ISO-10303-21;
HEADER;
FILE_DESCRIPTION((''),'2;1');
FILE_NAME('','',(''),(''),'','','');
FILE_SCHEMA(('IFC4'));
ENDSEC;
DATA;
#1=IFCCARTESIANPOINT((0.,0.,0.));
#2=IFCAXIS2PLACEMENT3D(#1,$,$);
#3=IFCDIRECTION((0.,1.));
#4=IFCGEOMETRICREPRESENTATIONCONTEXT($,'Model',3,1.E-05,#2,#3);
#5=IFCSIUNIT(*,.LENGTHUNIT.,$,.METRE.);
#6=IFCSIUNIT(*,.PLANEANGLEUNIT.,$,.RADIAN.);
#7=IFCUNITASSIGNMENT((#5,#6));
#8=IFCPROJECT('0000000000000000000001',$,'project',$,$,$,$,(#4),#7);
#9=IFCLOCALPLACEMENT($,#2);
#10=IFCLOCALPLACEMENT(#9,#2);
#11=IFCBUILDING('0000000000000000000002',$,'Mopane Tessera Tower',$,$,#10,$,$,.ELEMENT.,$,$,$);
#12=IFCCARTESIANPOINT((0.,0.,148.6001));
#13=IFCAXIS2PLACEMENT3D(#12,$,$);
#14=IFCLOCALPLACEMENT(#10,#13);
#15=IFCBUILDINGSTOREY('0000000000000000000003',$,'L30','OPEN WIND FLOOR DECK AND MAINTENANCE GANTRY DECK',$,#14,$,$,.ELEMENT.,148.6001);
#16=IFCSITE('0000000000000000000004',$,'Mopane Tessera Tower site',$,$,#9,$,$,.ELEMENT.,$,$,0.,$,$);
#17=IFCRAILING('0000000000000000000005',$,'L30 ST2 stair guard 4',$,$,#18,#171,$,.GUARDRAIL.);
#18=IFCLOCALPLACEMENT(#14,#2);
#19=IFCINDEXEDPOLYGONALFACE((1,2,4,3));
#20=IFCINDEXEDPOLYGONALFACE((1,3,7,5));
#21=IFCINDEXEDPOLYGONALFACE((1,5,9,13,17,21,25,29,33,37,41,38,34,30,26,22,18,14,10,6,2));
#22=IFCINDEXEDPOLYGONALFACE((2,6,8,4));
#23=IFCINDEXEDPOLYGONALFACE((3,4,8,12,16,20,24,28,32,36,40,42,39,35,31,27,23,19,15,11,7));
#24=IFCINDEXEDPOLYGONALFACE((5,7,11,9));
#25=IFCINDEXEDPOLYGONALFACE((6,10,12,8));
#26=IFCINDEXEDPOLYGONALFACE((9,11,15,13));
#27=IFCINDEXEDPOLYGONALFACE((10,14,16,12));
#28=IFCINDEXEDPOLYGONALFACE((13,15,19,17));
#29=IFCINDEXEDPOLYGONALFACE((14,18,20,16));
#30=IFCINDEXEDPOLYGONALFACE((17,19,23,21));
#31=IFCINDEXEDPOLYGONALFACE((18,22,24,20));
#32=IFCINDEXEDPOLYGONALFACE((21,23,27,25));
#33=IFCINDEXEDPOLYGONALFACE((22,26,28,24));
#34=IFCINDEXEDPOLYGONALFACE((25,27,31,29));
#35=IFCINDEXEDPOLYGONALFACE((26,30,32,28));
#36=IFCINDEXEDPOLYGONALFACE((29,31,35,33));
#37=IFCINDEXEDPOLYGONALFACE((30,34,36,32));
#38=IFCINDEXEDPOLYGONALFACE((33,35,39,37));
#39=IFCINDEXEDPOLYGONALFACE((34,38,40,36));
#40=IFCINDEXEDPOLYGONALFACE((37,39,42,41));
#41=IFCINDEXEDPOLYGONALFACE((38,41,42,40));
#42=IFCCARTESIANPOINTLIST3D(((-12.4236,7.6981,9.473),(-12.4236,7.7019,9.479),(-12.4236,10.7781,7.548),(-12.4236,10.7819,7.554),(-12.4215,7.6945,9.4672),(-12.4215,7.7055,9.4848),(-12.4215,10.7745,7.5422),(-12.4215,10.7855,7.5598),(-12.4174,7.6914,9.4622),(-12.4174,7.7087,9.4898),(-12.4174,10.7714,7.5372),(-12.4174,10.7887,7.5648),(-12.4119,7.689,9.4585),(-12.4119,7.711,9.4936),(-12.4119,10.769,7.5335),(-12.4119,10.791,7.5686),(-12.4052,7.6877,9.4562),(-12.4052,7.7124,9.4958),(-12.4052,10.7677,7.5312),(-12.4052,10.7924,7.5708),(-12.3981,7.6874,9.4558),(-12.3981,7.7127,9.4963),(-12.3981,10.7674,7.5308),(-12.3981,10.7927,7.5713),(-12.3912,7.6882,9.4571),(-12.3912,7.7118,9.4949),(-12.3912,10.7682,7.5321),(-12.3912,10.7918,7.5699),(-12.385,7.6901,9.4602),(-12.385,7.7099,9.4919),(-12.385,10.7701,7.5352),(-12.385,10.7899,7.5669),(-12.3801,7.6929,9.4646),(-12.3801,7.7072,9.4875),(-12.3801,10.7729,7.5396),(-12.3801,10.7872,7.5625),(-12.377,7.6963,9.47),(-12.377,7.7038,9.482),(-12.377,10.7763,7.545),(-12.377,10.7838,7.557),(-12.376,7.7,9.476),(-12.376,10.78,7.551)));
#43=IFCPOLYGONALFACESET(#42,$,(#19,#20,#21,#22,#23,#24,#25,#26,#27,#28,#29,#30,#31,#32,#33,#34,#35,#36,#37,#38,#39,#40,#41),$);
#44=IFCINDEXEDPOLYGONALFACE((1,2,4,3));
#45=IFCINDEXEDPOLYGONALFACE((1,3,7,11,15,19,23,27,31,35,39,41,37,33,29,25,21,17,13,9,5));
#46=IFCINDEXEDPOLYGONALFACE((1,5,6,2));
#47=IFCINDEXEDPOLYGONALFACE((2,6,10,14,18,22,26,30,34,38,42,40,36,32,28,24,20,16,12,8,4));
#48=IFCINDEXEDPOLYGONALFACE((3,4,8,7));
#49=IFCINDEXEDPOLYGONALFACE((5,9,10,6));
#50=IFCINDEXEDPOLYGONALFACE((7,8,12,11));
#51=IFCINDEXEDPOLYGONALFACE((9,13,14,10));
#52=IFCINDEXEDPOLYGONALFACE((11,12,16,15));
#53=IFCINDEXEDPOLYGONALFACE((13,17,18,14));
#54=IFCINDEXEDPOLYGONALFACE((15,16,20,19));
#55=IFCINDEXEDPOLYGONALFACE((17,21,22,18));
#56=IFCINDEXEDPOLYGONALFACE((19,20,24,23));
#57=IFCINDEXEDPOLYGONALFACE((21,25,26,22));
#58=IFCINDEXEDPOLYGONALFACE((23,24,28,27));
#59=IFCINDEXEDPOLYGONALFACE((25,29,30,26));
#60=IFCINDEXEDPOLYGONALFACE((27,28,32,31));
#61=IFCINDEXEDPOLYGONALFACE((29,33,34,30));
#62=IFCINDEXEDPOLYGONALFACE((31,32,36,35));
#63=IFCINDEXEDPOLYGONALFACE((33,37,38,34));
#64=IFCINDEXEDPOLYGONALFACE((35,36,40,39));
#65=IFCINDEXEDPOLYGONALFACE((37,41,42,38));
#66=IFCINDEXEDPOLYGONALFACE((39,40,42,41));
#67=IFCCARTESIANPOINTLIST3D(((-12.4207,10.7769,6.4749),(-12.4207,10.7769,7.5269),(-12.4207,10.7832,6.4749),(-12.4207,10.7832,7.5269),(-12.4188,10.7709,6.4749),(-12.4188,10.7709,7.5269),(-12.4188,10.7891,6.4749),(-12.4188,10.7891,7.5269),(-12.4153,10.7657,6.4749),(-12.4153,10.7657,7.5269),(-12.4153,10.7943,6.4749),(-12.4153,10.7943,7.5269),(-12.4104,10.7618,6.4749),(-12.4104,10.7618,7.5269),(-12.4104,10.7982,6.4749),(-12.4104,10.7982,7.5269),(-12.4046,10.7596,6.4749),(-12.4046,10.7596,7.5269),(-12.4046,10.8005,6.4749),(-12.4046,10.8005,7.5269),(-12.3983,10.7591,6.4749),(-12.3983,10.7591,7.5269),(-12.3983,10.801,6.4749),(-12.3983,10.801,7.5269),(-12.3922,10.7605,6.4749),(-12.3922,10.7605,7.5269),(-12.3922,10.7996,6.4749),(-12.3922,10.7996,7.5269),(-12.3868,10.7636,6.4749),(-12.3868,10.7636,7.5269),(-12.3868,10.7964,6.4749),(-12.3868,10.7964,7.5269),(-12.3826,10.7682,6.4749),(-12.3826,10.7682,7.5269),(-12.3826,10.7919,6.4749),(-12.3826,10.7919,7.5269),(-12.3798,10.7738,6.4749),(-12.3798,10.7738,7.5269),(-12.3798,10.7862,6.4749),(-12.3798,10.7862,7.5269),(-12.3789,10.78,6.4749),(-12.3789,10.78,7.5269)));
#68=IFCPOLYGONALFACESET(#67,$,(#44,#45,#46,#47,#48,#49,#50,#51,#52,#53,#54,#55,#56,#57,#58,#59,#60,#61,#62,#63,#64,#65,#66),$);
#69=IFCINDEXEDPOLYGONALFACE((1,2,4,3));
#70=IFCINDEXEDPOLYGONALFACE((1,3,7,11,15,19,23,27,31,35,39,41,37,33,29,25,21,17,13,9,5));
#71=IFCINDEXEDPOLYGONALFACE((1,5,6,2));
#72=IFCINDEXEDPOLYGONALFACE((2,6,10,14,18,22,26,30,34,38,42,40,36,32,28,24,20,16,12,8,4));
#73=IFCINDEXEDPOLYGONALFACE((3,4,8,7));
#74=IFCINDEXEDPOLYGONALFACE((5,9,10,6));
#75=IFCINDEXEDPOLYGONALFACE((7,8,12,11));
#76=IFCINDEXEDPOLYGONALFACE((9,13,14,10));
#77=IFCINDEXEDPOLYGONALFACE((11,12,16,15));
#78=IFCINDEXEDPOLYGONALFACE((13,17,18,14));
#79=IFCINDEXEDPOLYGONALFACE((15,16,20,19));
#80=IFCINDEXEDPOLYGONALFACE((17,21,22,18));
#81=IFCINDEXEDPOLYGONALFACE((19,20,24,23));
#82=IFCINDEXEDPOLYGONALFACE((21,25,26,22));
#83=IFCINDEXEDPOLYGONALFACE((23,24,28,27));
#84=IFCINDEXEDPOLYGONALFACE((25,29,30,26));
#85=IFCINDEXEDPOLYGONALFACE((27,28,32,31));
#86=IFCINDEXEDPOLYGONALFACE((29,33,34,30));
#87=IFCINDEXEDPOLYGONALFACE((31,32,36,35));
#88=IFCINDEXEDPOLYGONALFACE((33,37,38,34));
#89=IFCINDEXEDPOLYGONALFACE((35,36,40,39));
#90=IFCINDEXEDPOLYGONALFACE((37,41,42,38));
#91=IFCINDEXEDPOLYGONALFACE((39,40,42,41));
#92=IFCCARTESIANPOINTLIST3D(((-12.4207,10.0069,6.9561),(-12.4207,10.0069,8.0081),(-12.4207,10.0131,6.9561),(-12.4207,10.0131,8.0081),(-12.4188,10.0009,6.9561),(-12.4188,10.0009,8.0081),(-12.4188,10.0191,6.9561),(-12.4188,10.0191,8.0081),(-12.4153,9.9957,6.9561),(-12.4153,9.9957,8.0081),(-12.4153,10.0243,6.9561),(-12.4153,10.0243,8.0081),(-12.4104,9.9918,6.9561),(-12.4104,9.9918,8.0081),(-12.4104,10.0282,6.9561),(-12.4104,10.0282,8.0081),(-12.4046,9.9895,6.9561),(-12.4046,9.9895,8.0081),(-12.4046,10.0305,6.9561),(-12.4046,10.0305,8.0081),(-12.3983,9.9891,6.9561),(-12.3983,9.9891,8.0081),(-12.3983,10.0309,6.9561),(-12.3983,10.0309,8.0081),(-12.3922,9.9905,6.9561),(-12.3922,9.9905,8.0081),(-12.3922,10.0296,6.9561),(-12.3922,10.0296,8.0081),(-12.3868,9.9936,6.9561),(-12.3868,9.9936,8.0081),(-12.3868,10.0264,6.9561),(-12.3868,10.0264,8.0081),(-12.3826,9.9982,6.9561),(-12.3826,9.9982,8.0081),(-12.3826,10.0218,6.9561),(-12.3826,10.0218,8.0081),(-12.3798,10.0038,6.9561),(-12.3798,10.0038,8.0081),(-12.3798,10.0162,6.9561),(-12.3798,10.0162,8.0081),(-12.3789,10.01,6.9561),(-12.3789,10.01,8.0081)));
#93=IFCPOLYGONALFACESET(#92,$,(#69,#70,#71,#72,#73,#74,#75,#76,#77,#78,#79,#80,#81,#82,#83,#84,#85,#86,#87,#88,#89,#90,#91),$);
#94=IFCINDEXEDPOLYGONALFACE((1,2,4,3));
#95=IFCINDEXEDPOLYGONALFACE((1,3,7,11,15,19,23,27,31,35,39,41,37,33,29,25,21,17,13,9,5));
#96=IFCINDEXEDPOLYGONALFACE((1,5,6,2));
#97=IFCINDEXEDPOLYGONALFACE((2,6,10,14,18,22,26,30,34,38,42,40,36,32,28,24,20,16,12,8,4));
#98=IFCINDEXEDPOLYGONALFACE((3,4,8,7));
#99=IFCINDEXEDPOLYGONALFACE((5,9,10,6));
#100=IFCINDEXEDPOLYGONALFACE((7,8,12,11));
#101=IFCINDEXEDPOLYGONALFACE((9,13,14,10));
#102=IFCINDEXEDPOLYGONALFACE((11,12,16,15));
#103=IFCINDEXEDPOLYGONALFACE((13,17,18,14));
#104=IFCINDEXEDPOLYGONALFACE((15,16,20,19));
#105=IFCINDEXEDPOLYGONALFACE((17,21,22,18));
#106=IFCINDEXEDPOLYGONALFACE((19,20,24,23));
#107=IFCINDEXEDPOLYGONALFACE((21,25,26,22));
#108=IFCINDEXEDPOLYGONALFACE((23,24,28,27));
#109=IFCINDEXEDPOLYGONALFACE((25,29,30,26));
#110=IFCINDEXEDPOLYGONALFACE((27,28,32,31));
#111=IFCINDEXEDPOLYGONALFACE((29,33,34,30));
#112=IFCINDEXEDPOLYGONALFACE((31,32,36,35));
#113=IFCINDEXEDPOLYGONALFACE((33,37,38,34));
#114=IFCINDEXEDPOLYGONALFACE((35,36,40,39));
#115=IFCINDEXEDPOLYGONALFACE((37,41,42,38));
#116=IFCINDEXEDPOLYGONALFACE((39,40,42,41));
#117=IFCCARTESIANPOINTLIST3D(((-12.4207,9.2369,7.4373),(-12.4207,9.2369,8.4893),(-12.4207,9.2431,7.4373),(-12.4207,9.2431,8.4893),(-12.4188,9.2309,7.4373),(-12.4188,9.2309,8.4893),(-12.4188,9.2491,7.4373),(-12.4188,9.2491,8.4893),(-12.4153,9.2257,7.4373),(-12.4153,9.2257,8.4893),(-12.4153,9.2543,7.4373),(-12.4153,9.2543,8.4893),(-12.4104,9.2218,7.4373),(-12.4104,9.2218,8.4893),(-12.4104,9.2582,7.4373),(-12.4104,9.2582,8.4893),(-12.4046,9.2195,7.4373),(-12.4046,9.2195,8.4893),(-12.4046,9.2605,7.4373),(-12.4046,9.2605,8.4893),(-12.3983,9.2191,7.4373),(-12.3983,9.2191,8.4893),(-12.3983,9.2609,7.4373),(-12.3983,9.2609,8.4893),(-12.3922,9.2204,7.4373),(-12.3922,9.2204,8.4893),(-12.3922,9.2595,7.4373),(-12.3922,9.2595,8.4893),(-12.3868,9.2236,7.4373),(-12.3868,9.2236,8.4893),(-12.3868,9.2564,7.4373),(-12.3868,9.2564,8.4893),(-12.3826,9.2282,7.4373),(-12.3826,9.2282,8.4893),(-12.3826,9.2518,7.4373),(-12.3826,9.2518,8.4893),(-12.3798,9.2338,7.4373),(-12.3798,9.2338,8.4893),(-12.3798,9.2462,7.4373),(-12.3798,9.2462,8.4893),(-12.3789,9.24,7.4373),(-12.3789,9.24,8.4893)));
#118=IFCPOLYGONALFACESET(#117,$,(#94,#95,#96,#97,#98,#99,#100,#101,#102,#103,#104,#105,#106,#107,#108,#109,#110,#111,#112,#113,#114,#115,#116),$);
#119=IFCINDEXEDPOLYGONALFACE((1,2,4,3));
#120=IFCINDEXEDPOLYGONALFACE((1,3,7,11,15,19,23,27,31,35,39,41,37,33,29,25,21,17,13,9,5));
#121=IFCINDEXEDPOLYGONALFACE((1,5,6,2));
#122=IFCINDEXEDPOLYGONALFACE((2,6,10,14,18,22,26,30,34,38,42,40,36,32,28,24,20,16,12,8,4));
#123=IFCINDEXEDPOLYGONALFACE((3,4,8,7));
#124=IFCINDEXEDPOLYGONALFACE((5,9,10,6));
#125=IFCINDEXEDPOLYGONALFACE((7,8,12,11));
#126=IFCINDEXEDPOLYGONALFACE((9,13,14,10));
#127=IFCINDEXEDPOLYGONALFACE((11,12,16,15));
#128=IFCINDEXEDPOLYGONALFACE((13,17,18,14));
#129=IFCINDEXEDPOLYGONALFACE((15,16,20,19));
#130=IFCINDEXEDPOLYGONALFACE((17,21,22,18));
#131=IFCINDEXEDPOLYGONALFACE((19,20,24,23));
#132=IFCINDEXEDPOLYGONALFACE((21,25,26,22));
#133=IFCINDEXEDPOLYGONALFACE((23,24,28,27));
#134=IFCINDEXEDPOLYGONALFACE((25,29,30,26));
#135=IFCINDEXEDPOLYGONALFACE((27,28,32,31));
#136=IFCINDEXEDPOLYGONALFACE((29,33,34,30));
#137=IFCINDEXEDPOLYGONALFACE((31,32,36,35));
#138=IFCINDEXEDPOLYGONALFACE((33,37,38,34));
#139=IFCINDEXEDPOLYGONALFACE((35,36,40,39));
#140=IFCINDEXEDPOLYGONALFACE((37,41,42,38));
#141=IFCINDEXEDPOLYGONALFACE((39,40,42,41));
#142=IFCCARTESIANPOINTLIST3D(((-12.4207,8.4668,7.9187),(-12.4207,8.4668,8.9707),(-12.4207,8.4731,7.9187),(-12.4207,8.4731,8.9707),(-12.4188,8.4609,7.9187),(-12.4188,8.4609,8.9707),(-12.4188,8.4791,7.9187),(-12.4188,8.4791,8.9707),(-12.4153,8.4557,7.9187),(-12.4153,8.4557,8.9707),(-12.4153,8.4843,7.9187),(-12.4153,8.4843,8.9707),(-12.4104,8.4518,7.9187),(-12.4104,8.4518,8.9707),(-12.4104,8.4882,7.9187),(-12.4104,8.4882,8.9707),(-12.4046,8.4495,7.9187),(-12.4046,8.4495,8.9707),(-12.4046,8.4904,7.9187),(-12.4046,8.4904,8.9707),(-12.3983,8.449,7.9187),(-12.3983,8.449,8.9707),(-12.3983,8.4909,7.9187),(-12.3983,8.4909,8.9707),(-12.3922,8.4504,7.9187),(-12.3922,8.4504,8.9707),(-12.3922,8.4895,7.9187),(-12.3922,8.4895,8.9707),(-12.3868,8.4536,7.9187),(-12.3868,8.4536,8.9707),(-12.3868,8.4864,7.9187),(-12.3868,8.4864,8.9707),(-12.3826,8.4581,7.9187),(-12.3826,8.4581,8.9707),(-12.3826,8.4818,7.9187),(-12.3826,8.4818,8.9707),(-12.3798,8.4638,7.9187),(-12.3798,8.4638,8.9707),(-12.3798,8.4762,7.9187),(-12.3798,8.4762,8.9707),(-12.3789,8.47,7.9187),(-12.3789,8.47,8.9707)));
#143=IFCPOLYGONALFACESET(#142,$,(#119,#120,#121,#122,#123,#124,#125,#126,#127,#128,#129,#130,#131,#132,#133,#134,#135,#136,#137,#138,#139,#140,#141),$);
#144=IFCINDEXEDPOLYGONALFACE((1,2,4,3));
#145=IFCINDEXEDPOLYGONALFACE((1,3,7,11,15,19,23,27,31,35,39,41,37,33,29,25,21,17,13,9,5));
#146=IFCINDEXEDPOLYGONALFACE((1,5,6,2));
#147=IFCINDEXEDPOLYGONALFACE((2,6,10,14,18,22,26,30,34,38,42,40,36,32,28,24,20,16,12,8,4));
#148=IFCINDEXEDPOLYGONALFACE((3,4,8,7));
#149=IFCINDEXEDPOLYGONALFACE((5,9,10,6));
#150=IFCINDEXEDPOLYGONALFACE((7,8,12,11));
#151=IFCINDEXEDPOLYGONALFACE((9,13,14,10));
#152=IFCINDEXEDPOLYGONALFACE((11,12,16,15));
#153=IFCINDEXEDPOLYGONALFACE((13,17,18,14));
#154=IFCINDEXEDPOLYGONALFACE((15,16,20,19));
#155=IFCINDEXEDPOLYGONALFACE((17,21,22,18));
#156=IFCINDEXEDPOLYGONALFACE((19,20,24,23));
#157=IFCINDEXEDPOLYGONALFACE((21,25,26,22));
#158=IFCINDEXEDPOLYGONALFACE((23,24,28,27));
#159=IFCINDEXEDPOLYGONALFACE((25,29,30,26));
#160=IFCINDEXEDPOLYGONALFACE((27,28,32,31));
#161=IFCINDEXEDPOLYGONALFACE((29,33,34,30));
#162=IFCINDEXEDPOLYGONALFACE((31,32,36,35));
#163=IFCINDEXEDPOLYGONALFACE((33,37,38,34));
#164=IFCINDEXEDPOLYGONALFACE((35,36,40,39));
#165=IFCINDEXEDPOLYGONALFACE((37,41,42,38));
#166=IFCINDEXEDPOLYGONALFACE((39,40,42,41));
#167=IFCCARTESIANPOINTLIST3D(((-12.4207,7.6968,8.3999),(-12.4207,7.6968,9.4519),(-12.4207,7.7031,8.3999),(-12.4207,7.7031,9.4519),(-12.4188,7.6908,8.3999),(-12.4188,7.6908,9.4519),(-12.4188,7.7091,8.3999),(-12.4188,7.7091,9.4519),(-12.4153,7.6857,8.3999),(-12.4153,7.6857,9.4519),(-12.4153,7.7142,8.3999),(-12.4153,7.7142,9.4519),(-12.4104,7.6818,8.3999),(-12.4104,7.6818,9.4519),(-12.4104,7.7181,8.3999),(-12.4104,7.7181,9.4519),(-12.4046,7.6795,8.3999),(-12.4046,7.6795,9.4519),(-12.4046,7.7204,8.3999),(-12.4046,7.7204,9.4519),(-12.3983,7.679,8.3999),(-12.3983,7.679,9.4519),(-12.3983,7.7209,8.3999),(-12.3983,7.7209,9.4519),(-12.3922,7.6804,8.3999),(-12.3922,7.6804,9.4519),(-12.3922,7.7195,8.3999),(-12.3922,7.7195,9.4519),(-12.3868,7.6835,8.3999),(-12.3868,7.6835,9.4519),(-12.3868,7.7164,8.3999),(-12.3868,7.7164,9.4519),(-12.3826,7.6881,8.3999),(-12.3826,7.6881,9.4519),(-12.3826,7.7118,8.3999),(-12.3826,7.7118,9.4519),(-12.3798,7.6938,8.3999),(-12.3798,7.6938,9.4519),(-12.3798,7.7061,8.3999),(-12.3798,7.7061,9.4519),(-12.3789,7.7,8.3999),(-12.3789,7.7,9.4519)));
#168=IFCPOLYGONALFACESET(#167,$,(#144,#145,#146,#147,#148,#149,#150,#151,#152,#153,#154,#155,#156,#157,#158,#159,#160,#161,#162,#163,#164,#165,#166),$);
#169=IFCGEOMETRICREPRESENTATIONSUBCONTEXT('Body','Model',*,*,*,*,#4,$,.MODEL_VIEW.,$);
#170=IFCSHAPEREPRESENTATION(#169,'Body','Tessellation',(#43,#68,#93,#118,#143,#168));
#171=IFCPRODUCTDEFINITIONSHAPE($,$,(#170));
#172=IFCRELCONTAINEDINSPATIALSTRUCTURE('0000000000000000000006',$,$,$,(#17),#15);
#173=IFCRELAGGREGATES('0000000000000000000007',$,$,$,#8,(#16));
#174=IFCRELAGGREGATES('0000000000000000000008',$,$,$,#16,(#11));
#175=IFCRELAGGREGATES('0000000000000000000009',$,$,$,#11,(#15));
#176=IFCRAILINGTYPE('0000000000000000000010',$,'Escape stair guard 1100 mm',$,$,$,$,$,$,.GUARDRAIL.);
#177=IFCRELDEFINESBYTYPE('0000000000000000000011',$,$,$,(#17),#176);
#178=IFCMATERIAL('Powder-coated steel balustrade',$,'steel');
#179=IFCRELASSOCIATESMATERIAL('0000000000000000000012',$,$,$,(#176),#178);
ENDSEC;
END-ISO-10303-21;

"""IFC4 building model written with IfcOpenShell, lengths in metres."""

from ifc_helpers import new_model, si_unit, direction, frame, origin, origin_2d, place, context, subcontext, project, spatial, circle, extrude, material, type_object, element, save


model = new_model("IFC4")

# Units and contexts
model_context = context("Model", 3, precision=1e-05, world=origin(), true_north=direction((0.0, 1.0)))
body_context = subcontext(model_context, "Body", "Model", "MODEL_VIEW")
ifc_project = project(units=[si_unit("LENGTHUNIT", "METRE"), si_unit("PLANEANGLEUNIT", "RADIAN")], contexts=[model_context])

# Site, building, storey
site_placement = place(None, origin())
site = spatial("IfcSite", under=ifc_project, at=site_placement, Name="Mopane Tessera Tower site", CompositionType="ELEMENT", RefElevation=0.0)
building_placement = place(site_placement, origin())
building = spatial("IfcBuilding", under=site, at=building_placement, Name="Mopane Tessera Tower", CompositionType="ELEMENT")
storey_placement = place(building_placement, frame((0.0, 0.0, 148.6001)))
storey = spatial("IfcBuildingStorey", under=building, at=storey_placement, Name="L30", Description="OPEN WIND FLOOR DECK AND MAINTENANCE GANTRY DECK", CompositionType="ELEMENT", Elevation=148.6001)

# Railing
ifc_material_1 = material(Name="Powder-coated steel balustrade", Category="steel")
railing_type_1 = type_object("IfcRailingType", Name="Escape stair guard 1100 mm", PredefinedType="GUARDRAIL", material=ifc_material_1)
railing_1_placement = place(storey_placement, frame((-12.3999, 10.78, 6.4749)))
element("IfcRailing", 1, at=railing_1_placement, inside=storey, type_object=railing_type_1, Name="L30 ST2 stair guard 4", PredefinedType="GUARDRAIL", context=body_context, shape_type="SweptSolid", body=[
    extrude(circle(Radius=0.0239, at=origin_2d()), frame((0.0, 0.0, 1.0762), z_axis=(0.0, -0.847998, 0.529999), x_axis=(1.0, 0.0, 0.0)), (0.0, 0.0, 1.0), 3.6321),
    extrude(circle(Radius=0.021, at=origin_2d()), origin(), (0.0, 0.0, 1.0), 1.052),
    extrude(circle(Radius=0.021, at=origin_2d()), frame((0.0, -0.77, 0.4812)), (0.0, 0.0, 1.0), 1.052),
    extrude(circle(Radius=0.021, at=origin_2d()), frame((0.0, -1.54, 0.9624)), (0.0, 0.0, 1.0), 1.052),
    extrude(circle(Radius=0.021, at=origin_2d()), frame((0.0, -2.3101, 1.4438)), (0.0, 0.0, 1.0), 1.052),
    extrude(circle(Radius=0.021, at=origin_2d()), frame((0.0, -3.0801, 1.925)), (0.0, 0.0, 1.0), 1.052),
])

save(model, "model.ifc")
